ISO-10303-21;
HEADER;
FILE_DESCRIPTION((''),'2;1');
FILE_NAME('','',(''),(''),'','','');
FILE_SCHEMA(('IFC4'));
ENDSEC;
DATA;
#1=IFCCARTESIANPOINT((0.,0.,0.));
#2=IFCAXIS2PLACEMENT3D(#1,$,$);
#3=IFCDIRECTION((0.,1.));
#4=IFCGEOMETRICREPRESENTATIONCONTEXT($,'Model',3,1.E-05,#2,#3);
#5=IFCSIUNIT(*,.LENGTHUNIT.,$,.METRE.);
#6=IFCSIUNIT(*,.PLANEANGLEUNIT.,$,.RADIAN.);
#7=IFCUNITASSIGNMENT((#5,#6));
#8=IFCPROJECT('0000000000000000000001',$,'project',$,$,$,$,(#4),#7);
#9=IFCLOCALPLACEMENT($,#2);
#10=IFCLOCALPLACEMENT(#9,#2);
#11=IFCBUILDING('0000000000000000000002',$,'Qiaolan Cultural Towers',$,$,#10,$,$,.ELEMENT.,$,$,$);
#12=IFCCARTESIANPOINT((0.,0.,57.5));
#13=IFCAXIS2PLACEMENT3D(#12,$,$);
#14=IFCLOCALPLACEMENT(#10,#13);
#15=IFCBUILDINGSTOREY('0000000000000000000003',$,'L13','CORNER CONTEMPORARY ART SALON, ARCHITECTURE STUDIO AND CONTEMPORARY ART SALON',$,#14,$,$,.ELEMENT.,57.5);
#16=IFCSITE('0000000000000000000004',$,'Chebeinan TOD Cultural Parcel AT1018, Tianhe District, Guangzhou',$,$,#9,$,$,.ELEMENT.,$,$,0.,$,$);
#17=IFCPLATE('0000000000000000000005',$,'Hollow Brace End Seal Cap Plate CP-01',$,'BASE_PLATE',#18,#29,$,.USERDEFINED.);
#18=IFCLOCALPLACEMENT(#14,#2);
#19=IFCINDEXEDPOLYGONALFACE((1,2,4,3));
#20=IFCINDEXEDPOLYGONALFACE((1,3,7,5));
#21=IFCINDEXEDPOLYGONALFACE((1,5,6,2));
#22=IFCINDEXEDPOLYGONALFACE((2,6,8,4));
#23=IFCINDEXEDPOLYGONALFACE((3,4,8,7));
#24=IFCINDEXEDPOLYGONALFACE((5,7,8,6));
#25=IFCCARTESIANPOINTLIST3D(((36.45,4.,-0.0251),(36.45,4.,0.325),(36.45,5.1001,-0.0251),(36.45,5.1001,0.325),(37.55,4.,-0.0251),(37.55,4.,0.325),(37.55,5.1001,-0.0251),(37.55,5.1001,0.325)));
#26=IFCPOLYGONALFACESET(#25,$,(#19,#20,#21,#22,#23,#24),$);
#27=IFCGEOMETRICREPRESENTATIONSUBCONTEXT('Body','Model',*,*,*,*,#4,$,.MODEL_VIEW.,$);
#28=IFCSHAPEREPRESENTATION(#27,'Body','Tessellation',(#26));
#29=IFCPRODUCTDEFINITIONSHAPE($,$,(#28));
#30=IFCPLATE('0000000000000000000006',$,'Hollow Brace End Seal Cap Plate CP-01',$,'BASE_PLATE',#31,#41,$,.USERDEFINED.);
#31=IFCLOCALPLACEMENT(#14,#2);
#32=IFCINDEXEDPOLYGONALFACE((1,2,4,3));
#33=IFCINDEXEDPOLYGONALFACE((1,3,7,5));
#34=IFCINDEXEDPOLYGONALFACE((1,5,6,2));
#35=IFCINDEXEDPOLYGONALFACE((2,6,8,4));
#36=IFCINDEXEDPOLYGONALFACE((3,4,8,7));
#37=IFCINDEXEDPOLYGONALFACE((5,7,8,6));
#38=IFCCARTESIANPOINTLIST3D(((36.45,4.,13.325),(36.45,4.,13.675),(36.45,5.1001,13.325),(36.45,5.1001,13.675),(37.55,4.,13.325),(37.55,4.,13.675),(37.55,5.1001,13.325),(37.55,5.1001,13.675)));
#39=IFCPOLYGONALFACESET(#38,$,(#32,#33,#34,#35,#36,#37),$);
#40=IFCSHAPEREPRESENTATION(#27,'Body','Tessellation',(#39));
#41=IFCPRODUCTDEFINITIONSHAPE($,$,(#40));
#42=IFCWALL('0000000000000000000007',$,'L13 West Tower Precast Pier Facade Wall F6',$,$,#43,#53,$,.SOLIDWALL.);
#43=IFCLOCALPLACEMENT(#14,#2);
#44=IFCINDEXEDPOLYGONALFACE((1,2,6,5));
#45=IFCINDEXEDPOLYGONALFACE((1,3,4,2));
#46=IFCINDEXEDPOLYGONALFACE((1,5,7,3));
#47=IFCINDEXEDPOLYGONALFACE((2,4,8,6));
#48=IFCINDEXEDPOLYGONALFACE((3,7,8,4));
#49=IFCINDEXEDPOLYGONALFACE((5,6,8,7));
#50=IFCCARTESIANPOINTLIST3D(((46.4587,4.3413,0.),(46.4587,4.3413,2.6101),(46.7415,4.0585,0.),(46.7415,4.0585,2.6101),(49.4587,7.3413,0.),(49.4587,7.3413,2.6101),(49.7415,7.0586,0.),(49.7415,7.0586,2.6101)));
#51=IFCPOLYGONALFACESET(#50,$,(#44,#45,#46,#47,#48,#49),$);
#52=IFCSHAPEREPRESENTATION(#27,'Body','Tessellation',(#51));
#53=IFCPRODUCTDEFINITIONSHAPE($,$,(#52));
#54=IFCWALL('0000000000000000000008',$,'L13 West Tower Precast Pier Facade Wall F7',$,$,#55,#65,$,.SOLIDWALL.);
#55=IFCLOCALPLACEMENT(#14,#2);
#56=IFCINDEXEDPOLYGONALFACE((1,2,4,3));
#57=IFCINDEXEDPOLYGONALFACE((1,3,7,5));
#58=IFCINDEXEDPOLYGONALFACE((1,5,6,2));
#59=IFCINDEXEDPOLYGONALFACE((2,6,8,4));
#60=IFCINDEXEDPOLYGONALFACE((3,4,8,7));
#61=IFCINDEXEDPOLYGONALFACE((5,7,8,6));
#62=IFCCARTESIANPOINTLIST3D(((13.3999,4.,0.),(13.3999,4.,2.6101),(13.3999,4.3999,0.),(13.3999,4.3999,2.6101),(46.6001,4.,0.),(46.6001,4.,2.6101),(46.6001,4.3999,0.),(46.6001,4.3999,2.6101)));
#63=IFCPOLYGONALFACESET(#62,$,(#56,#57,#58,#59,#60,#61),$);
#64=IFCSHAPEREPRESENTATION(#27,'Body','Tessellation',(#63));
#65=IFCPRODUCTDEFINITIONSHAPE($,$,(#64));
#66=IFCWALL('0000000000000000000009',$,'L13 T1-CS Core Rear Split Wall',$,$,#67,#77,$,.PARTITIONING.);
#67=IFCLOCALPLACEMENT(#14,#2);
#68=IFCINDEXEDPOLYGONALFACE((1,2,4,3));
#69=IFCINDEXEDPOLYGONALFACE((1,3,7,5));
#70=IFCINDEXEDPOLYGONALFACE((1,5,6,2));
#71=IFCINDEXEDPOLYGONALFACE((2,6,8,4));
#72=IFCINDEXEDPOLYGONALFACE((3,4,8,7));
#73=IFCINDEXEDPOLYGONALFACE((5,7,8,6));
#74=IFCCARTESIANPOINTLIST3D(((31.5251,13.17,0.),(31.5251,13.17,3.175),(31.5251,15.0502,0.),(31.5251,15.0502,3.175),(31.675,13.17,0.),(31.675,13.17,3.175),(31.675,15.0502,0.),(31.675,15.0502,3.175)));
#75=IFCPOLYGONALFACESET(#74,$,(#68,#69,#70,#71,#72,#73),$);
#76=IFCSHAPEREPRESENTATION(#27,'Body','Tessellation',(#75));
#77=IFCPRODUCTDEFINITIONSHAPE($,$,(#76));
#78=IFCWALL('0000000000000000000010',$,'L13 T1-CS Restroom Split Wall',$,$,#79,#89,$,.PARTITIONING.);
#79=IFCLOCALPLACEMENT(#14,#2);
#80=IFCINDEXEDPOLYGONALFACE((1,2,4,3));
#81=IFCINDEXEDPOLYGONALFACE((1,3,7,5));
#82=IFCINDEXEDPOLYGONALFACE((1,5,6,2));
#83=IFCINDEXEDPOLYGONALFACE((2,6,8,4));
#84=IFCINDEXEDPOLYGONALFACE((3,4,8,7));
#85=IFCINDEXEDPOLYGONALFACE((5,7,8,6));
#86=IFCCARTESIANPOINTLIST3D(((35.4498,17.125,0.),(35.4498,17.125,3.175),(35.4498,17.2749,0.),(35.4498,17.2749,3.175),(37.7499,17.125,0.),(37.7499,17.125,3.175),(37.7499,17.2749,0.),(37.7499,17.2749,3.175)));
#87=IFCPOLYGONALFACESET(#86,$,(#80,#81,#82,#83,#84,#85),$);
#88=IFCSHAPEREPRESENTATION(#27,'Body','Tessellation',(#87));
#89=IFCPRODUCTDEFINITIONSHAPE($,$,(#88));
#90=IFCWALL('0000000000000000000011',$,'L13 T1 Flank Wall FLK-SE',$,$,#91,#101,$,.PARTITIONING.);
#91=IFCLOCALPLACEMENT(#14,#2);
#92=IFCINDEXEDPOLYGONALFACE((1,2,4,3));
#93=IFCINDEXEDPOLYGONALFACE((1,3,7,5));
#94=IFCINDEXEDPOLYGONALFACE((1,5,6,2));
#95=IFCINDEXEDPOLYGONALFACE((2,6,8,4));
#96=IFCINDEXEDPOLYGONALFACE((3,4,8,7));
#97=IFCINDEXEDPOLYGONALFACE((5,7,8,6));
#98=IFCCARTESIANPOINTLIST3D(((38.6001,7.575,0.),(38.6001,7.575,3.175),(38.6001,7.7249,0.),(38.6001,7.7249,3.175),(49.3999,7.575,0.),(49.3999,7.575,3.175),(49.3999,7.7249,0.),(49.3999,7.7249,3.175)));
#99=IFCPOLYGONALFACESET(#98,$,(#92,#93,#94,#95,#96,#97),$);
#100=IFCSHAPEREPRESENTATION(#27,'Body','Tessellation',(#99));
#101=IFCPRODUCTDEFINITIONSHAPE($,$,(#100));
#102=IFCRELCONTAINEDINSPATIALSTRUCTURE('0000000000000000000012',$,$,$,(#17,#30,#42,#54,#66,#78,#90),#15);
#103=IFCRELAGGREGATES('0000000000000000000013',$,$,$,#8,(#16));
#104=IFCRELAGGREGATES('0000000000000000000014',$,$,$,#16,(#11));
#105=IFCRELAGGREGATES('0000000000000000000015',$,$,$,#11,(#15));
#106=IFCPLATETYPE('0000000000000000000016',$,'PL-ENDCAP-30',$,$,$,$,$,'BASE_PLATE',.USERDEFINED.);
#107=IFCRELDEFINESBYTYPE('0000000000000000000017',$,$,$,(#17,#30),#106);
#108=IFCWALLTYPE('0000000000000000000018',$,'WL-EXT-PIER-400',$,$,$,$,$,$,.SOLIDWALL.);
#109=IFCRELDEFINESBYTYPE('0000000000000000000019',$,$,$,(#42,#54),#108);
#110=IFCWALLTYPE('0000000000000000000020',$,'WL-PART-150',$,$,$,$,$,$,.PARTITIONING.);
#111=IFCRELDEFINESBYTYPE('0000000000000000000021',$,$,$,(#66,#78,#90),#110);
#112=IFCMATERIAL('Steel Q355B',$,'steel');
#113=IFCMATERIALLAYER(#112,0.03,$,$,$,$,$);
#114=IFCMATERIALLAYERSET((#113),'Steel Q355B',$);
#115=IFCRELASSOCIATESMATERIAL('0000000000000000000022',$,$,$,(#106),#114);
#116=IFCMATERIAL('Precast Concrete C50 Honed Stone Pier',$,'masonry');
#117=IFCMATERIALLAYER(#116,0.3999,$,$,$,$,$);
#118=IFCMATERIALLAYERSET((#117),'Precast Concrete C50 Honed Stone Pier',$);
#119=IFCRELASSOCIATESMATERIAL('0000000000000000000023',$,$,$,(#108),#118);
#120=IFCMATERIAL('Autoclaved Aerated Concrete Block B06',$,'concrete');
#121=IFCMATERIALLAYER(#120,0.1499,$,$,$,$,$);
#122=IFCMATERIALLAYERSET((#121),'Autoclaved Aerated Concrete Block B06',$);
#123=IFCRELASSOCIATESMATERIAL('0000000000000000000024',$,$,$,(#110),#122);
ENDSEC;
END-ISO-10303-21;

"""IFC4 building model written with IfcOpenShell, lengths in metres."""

from ifc_helpers import new_model, si_unit, direction, frame, frame_2d, origin, origin_2d, place, context, subcontext, project, spatial, rectangle, extrude, material, layer, layer_set, type_object, element, save


model = new_model("IFC4")

# Units and contexts
model_context = context("Model", 3, precision=1e-05, world=origin(), true_north=direction((0.0, 1.0)))
body_context = subcontext(model_context, "Body", "Model", "MODEL_VIEW")
ifc_project = project(units=[si_unit("LENGTHUNIT", "METRE"), si_unit("PLANEANGLEUNIT", "RADIAN")], contexts=[model_context])

# Site, building, storey
site_placement = place(None, origin())
site = spatial("IfcSite", under=ifc_project, at=site_placement, Name="Chebeinan TOD Cultural Parcel AT1018, Tianhe District, Guangzhou", CompositionType="ELEMENT", RefElevation=0.0)
building_placement = place(site_placement, origin())
building = spatial("IfcBuilding", under=site, at=building_placement, Name="Qiaolan Cultural Towers", CompositionType="ELEMENT")
storey_placement = place(building_placement, frame((0.0, 0.0, 57.5)))
storey = spatial("IfcBuildingStorey", under=building, at=storey_placement, Name="L13", Description="CORNER CONTEMPORARY ART SALON, ARCHITECTURE STUDIO AND CONTEMPORARY ART SALON", CompositionType="ELEMENT", Elevation=57.5)

# Plates
ifc_material_1 = material(Name="Steel Q355B", Category="steel")
ifc_layer_1 = layer(ifc_material_1, 0.03)
ifc_layer_set_1 = layer_set([ifc_layer_1], Name="Steel Q355B")
plate_type_1 = type_object("IfcPlateType", Name="PL-ENDCAP-30", ElementType="BASE_PLATE", PredefinedType="USERDEFINED", material=ifc_layer_set_1)
for number, where, z_axis, x_axis, name in (
    (1, (37.0, 4.55, -0.0251), (0.0, 0.0, 1.0), (1.0, 0.0, 0.0), "Hollow Brace End Seal Cap Plate CP-01"),
    (2, (37.0, 4.55, 13.325), (0.0, 0.0, 1.0), (1.0, 0.0, 0.0), "Hollow Brace End Seal Cap Plate CP-01"),
):
    element("IfcPlate", number, at=place(storey_placement, frame(where, z_axis=z_axis, x_axis=x_axis)), inside=storey, type_object=plate_type_1, Name=name, ObjectType="BASE_PLATE", PredefinedType="USERDEFINED", context=body_context, shape_type="SweptSolid", body=[
        extrude(rectangle(XDim=1.1001, YDim=1.1001, at=origin_2d()), origin(), (0.0, 0.0, 1.0), 0.3501),
    ])

# Walls
ifc_material_2 = material(Name="Precast Concrete C50 Honed Stone Pier", Category="masonry")
ifc_layer_2 = layer(ifc_material_2, 0.3999)
ifc_layer_set_2 = layer_set([ifc_layer_2], Name="Precast Concrete C50 Honed Stone Pier")
wall_type_1 = type_object("IfcWallType", Name="WL-EXT-PIER-400", PredefinedType="SOLIDWALL", material=ifc_layer_set_2)
wall_1_placement = place(storey_placement, frame((49.6001, 7.2, 0.0), z_axis=(0.0, 0.0, 1.0), x_axis=(-0.707107, -0.707107, 0.0)))
element("IfcWall", 3, at=wall_1_placement, inside=storey, type_object=wall_type_1, Name="L13 West Tower Precast Pier Facade Wall F6", PredefinedType="SOLIDWALL", context=body_context, shape_type="SweptSolid", body=[
    extrude(rectangle(XDim=4.2427, YDim=0.3999, at=frame_2d((2.1213, 0.0))), origin(), (0.0, 0.0, 1.0), 2.6101),
])
wall_2_placement = place(storey_placement, frame((46.6001, 4.2, 0.0), z_axis=(0.0, 0.0, 1.0), x_axis=(-1.0, 0.0, 0.0)))
element("IfcWall", 4, at=wall_2_placement, inside=storey, type_object=wall_type_1, Name="L13 West Tower Precast Pier Facade Wall F7", PredefinedType="SOLIDWALL", context=body_context, shape_type="SweptSolid", body=[
    extrude(rectangle(XDim=33.2002, YDim=0.3999, at=frame_2d((16.6001, 0.0))), origin(), (0.0, 0.0, 1.0), 2.6101),
])
ifc_material_3 = material(Name="Autoclaved Aerated Concrete Block B06", Category="concrete")
ifc_layer_3 = layer(ifc_material_3, 0.1499)
ifc_layer_set_3 = layer_set([ifc_layer_3], Name="Autoclaved Aerated Concrete Block B06")
wall_type_2 = type_object("IfcWallType", Name="WL-PART-150", PredefinedType="PARTITIONING", material=ifc_layer_set_3)
wall_3_placement = place(storey_placement, frame((31.6001, 15.05, 0.0), z_axis=(0.0, 0.0, 1.0), x_axis=(0.0, -1.0, 0.0)))
element("IfcWall", 5, at=wall_3_placement, inside=storey, type_object=wall_type_2, Name="L13 T1-CS Core Rear Split Wall", PredefinedType="PARTITIONING", context=body_context, shape_type="SweptSolid", body=[
    extrude(rectangle(XDim=1.8801, YDim=0.1499, at=frame_2d((0.9399, 0.0))), origin(), (0.0, 0.0, 1.0), 3.175),
])
wall_4_placement = place(storey_placement, frame((35.45, 17.2, 0.0), z_axis=(0.0, 0.0, 1.0), x_axis=(1.0, 0.0, 0.0)))
element("IfcWall", 6, at=wall_4_placement, inside=storey, type_object=wall_type_2, Name="L13 T1-CS Restroom Split Wall", PredefinedType="PARTITIONING", context=body_context, shape_type="SweptSolid", body=[
    extrude(rectangle(XDim=2.3, YDim=0.1499, at=frame_2d((1.1499, 0.0))), origin(), (0.0, 0.0, 1.0), 3.175),
])
wall_5_placement = place(storey_placement, frame((38.6001, 7.6499, 0.0), z_axis=(0.0, 0.0, 1.0), x_axis=(1.0, 0.0, 0.0)))
element("IfcWall", 7, at=wall_5_placement, inside=storey, type_object=wall_type_2, Name="L13 T1 Flank Wall FLK-SE", PredefinedType="PARTITIONING", context=body_context, shape_type="SweptSolid", body=[
    extrude(rectangle(XDim=10.7998, YDim=0.1499, at=frame_2d((5.3999, 0.0))), origin(), (0.0, 0.0, 1.0), 3.175),
])

save(model, "model.ifc")
